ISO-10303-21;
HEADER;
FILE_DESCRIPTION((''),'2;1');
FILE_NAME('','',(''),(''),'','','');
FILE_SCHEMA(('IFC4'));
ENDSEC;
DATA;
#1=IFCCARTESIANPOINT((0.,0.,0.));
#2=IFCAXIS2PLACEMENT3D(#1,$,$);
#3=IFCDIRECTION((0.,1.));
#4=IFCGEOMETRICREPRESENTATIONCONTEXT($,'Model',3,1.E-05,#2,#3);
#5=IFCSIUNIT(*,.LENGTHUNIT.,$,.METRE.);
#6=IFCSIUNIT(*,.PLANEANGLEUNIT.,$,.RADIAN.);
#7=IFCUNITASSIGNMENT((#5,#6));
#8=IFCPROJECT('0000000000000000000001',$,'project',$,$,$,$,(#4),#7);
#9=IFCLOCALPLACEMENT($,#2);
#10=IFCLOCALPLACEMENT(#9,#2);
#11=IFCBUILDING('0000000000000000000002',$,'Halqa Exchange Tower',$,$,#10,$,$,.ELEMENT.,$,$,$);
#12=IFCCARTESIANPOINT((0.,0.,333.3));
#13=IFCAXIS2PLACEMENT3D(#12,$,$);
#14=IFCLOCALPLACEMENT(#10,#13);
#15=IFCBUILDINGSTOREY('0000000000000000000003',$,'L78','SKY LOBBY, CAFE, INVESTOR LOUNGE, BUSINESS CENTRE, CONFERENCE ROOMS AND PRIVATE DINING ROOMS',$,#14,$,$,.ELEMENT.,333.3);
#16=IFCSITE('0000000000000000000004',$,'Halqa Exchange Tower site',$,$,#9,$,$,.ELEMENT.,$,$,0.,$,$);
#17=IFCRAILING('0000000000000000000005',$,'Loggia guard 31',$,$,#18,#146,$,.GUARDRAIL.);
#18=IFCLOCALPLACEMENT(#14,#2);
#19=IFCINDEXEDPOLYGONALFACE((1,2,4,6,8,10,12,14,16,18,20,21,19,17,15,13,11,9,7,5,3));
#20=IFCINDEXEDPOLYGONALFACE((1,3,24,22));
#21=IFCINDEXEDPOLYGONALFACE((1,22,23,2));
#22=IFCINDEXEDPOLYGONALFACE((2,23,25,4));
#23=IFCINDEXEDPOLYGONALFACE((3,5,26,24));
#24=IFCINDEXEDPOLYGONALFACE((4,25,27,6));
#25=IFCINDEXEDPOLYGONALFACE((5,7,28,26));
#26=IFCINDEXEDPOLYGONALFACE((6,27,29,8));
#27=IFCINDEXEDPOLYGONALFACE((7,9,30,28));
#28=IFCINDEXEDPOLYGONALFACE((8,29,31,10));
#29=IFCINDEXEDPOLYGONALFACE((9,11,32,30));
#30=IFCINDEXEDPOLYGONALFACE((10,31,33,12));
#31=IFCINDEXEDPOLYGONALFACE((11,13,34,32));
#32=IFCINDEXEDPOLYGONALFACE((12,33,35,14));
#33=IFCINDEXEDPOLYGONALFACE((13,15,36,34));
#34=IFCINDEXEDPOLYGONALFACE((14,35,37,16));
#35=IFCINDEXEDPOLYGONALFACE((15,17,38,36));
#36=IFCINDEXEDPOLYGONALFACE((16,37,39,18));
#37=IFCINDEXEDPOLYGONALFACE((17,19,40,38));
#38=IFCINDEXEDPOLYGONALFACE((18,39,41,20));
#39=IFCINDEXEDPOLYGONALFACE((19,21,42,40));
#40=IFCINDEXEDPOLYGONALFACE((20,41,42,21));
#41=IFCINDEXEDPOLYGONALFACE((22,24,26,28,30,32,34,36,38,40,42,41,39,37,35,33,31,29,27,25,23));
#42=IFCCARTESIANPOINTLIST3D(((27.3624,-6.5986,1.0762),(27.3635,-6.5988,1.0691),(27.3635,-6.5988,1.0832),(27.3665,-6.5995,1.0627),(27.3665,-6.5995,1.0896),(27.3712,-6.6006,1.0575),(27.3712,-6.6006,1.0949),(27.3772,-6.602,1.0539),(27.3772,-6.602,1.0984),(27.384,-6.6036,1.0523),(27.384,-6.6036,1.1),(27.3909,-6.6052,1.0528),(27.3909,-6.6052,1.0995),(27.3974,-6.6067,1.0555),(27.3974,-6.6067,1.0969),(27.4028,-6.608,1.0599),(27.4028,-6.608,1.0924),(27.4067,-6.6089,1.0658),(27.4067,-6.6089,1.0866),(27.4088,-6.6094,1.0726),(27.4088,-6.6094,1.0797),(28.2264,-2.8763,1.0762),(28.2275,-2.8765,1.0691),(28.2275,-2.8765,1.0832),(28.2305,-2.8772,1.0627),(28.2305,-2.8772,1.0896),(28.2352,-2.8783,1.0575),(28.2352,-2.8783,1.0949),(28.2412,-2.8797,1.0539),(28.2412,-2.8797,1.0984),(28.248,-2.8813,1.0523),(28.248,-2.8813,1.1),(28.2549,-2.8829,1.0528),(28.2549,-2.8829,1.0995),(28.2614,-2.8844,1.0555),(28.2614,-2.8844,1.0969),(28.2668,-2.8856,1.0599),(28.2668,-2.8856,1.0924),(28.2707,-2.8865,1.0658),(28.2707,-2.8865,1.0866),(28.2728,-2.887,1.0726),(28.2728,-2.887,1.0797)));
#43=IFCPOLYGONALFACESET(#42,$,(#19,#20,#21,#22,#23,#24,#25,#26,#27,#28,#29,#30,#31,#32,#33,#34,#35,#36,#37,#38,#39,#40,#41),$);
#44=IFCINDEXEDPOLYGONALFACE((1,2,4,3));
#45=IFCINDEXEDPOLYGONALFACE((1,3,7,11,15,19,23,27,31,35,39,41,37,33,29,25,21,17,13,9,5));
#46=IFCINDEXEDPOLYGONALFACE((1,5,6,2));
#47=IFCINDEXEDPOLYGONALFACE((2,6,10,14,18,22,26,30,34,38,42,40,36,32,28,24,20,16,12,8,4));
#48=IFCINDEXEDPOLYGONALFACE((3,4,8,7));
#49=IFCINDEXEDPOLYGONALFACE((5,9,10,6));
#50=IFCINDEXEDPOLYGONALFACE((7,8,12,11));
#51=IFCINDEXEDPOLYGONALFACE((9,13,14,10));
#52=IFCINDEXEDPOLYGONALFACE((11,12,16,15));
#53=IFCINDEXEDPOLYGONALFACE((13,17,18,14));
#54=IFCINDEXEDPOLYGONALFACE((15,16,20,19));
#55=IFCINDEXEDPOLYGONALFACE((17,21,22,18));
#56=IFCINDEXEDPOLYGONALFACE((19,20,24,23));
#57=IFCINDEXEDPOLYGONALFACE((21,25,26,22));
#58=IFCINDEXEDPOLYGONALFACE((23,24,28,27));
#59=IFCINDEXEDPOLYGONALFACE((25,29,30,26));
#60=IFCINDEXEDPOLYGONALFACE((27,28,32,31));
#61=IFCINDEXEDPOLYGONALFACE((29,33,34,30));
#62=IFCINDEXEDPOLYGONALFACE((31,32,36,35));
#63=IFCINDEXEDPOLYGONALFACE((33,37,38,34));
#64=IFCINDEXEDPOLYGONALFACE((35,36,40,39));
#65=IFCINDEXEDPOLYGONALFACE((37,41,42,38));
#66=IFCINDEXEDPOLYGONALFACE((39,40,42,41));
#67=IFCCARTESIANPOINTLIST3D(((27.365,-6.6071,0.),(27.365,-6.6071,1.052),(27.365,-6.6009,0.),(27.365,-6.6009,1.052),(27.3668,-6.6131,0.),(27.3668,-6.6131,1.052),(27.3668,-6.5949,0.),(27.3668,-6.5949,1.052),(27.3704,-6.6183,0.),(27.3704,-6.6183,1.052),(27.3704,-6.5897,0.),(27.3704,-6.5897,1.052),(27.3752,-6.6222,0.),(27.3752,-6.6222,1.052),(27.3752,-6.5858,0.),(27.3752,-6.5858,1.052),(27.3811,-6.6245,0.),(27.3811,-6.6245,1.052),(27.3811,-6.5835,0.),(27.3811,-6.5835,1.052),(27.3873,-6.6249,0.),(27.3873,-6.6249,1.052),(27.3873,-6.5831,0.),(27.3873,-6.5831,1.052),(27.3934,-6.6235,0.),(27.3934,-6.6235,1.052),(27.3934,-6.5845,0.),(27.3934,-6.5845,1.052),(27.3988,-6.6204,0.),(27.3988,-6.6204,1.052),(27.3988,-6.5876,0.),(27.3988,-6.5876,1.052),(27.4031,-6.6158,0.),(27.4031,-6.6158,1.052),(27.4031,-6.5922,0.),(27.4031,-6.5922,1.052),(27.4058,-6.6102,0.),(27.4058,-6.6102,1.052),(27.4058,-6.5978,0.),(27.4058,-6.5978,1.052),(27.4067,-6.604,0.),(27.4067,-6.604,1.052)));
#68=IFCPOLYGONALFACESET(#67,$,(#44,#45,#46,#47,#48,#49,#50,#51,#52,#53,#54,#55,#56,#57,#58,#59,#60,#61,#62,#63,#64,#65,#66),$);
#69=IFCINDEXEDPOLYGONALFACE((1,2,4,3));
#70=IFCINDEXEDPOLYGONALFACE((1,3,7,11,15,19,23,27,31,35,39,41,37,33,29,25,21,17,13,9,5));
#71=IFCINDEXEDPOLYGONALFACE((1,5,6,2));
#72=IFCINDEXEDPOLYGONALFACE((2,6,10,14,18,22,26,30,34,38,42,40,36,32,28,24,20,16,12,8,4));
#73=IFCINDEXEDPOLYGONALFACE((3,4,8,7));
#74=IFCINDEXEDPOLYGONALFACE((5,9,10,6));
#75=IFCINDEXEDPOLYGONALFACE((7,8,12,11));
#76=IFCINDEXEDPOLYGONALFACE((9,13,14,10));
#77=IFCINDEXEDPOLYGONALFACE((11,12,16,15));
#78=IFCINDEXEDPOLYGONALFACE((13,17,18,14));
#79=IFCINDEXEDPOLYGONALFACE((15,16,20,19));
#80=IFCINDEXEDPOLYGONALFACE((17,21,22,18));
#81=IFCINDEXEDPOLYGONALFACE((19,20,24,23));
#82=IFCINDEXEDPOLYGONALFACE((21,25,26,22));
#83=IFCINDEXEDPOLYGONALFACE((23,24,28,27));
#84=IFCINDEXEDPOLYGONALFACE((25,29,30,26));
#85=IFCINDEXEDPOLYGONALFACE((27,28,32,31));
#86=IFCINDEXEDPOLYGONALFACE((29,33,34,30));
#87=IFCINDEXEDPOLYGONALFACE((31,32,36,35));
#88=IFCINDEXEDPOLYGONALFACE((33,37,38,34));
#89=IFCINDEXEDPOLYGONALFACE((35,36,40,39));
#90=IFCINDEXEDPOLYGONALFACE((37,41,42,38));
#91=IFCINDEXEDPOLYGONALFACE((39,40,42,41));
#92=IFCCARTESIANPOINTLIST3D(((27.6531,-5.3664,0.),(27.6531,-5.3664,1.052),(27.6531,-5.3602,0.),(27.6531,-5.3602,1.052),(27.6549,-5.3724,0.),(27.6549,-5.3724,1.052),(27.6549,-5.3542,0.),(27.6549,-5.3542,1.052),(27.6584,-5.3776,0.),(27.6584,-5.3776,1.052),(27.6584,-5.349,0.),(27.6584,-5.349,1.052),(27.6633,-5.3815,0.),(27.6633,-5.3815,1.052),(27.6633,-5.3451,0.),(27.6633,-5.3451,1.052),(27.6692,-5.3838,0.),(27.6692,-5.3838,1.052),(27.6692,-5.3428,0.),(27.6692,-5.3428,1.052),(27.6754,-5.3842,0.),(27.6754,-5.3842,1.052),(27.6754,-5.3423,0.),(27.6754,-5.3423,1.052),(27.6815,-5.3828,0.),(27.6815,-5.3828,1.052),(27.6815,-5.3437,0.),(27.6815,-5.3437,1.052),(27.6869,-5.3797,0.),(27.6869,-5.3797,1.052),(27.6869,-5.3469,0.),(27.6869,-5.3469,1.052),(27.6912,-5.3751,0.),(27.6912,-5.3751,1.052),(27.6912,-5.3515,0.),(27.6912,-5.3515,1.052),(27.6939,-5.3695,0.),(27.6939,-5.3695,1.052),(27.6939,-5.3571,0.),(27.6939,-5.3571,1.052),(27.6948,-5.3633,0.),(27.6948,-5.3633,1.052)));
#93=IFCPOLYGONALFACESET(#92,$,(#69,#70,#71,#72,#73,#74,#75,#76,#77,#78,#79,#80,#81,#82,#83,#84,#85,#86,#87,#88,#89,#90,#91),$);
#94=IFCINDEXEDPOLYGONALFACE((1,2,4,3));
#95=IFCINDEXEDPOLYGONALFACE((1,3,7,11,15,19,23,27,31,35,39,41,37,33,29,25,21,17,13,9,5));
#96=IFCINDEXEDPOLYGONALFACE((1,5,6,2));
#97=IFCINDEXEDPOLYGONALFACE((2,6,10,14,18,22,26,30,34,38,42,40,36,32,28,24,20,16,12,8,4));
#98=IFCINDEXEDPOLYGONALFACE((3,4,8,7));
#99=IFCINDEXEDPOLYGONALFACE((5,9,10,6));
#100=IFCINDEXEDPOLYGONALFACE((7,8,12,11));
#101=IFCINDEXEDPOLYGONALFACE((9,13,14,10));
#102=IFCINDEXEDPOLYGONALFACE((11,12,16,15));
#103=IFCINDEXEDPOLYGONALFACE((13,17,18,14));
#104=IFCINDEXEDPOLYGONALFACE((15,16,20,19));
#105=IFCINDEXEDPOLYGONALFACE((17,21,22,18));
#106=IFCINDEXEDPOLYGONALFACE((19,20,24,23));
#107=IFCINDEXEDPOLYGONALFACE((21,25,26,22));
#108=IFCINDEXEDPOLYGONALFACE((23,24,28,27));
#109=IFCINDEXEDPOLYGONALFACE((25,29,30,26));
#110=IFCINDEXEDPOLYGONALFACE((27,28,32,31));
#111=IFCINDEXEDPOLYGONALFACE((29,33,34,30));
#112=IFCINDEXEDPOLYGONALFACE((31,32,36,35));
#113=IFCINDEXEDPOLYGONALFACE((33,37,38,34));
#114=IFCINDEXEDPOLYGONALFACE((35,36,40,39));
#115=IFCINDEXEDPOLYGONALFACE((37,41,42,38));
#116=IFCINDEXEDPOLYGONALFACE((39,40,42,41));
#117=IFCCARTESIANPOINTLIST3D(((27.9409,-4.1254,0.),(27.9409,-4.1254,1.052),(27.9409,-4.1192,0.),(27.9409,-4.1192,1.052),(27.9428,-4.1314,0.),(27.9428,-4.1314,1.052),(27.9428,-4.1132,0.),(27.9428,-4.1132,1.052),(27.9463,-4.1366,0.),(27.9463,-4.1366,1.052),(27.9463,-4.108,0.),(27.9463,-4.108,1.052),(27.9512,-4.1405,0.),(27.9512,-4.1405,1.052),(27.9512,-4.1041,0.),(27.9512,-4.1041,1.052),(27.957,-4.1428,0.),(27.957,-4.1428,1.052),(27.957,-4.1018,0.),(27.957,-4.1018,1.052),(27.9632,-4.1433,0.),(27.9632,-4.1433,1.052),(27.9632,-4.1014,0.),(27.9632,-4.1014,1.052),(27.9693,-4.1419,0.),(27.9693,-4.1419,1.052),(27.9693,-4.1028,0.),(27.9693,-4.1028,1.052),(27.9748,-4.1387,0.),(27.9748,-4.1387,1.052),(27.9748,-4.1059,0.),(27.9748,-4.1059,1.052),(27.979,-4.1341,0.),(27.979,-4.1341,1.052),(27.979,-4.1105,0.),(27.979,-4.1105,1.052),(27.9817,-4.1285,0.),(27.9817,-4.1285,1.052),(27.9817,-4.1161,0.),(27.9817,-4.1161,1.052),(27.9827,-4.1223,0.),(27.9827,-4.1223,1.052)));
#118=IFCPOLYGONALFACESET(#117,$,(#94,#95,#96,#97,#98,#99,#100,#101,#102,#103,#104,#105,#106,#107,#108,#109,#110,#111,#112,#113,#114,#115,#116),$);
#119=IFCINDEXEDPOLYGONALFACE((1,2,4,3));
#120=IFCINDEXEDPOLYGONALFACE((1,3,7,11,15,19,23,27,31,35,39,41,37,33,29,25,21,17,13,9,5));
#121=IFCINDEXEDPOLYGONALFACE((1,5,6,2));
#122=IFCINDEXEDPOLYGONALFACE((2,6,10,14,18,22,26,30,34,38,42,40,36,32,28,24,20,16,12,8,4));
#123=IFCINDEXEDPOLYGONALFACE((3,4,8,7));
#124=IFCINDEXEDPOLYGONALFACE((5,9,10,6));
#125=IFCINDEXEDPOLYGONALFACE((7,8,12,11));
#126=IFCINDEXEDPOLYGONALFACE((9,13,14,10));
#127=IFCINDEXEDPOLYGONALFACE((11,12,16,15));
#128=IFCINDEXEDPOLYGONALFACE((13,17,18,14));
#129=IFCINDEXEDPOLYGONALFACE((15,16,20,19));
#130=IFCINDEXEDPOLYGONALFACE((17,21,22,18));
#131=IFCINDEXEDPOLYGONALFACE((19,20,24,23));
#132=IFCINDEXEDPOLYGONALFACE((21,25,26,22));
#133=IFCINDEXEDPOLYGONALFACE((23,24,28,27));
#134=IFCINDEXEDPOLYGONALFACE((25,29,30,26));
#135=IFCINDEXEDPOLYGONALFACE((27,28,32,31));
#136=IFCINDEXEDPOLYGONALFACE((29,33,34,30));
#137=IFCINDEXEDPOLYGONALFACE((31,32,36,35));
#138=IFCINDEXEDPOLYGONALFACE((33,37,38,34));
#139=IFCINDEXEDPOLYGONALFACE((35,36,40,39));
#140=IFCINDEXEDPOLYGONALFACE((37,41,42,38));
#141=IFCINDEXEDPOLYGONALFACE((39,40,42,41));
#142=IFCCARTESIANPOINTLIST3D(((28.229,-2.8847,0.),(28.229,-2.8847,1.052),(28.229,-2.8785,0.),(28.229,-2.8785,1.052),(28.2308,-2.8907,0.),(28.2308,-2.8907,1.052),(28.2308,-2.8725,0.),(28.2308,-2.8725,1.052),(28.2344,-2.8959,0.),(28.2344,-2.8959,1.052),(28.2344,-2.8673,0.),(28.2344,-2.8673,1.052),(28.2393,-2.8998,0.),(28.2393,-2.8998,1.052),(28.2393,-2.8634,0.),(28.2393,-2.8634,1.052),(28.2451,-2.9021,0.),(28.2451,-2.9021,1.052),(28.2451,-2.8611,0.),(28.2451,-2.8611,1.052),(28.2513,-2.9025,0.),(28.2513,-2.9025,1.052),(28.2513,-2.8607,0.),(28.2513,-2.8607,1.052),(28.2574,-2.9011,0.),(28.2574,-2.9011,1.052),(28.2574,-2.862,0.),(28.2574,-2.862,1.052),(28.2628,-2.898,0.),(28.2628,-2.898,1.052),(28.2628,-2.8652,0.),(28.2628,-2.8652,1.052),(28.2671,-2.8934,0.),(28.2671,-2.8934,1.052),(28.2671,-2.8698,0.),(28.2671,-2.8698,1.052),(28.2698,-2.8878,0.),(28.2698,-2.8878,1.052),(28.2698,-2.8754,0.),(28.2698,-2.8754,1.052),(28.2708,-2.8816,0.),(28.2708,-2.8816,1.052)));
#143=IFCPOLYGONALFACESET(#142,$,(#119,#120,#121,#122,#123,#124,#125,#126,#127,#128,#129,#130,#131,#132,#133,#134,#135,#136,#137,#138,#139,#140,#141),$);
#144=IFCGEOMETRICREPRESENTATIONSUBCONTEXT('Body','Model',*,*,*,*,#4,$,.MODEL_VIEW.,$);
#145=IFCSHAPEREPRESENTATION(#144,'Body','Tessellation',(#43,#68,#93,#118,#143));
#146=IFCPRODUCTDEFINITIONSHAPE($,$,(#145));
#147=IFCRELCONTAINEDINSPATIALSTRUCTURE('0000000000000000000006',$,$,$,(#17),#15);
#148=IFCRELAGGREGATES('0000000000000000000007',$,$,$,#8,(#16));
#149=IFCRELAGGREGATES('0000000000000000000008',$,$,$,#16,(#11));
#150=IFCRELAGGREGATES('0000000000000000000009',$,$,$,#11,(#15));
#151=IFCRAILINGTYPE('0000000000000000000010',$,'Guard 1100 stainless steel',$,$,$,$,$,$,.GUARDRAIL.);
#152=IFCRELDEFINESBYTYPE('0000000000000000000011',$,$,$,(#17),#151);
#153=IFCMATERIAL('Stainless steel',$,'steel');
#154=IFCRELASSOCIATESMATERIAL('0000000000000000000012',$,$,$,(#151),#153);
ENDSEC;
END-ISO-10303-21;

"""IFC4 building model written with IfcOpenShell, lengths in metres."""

from ifc_helpers import new_model, si_unit, direction, frame, origin, origin_2d, place, context, subcontext, project, spatial, circle, extrude, material, type_object, element, save


model = new_model("IFC4")

# Units and contexts
model_context = context("Model", 3, precision=1e-05, world=origin(), true_north=direction((0.0, 1.0)))
body_context = subcontext(model_context, "Body", "Model", "MODEL_VIEW")
ifc_project = project(units=[si_unit("LENGTHUNIT", "METRE"), si_unit("PLANEANGLEUNIT", "RADIAN")], contexts=[model_context])

# Site, building, storey
site_placement = place(None, origin())
site = spatial("IfcSite", under=ifc_project, at=site_placement, Name="Halqa Exchange Tower site", CompositionType="ELEMENT", RefElevation=0.0)
building_placement = place(site_placement, origin())
building = spatial("IfcBuilding", under=site, at=building_placement, Name="Halqa Exchange Tower", CompositionType="ELEMENT")
storey_placement = place(building_placement, frame((0.0, 0.0, 333.3)))
storey = spatial("IfcBuildingStorey", under=building, at=storey_placement, Name="L78", Description="SKY LOBBY, CAFE, INVESTOR LOUNGE, BUSINESS CENTRE, CONFERENCE ROOMS AND PRIVATE DINING ROOMS", CompositionType="ELEMENT", Elevation=333.3)

# Railing
ifc_material_1 = material(Name="Stainless steel", Category="steel")
railing_type = type_object("IfcRailingType", Name="Guard 1100 stainless steel", PredefinedType="GUARDRAIL", material=ifc_material_1)
railing_1_placement = place(storey_placement, frame((27.3857, -6.604, 0.0)))
element("IfcRailing", 1, at=railing_1_placement, inside=storey, type_object=railing_type, Name="Loggia guard 31", PredefinedType="GUARDRAIL", context=body_context, shape_type="SweptSolid", body=[
    extrude(circle(Radius=0.0239, at=origin_2d()), frame((0.0, 0.0, 1.0762), z_axis=(0.2261, 0.974104, 0.0), x_axis=(-0.974104, 0.2261, 0.0)), (0.0, 0.0, 1.0), 3.8213),
    extrude(circle(Radius=0.021, at=origin_2d()), origin(), (0.0, 0.0, 1.0), 1.052),
    extrude(circle(Radius=0.021, at=origin_2d()), frame((0.2881, 1.2407, 0.0)), (0.0, 0.0, 1.0), 1.052),
    extrude(circle(Radius=0.021, at=origin_2d()), frame((0.5759, 2.4817, 0.0)), (0.0, 0.0, 1.0), 1.052),
    extrude(circle(Radius=0.021, at=origin_2d()), frame((0.864, 3.7224, 0.0)), (0.0, 0.0, 1.0), 1.052),
])

save(model, "model.ifc")
